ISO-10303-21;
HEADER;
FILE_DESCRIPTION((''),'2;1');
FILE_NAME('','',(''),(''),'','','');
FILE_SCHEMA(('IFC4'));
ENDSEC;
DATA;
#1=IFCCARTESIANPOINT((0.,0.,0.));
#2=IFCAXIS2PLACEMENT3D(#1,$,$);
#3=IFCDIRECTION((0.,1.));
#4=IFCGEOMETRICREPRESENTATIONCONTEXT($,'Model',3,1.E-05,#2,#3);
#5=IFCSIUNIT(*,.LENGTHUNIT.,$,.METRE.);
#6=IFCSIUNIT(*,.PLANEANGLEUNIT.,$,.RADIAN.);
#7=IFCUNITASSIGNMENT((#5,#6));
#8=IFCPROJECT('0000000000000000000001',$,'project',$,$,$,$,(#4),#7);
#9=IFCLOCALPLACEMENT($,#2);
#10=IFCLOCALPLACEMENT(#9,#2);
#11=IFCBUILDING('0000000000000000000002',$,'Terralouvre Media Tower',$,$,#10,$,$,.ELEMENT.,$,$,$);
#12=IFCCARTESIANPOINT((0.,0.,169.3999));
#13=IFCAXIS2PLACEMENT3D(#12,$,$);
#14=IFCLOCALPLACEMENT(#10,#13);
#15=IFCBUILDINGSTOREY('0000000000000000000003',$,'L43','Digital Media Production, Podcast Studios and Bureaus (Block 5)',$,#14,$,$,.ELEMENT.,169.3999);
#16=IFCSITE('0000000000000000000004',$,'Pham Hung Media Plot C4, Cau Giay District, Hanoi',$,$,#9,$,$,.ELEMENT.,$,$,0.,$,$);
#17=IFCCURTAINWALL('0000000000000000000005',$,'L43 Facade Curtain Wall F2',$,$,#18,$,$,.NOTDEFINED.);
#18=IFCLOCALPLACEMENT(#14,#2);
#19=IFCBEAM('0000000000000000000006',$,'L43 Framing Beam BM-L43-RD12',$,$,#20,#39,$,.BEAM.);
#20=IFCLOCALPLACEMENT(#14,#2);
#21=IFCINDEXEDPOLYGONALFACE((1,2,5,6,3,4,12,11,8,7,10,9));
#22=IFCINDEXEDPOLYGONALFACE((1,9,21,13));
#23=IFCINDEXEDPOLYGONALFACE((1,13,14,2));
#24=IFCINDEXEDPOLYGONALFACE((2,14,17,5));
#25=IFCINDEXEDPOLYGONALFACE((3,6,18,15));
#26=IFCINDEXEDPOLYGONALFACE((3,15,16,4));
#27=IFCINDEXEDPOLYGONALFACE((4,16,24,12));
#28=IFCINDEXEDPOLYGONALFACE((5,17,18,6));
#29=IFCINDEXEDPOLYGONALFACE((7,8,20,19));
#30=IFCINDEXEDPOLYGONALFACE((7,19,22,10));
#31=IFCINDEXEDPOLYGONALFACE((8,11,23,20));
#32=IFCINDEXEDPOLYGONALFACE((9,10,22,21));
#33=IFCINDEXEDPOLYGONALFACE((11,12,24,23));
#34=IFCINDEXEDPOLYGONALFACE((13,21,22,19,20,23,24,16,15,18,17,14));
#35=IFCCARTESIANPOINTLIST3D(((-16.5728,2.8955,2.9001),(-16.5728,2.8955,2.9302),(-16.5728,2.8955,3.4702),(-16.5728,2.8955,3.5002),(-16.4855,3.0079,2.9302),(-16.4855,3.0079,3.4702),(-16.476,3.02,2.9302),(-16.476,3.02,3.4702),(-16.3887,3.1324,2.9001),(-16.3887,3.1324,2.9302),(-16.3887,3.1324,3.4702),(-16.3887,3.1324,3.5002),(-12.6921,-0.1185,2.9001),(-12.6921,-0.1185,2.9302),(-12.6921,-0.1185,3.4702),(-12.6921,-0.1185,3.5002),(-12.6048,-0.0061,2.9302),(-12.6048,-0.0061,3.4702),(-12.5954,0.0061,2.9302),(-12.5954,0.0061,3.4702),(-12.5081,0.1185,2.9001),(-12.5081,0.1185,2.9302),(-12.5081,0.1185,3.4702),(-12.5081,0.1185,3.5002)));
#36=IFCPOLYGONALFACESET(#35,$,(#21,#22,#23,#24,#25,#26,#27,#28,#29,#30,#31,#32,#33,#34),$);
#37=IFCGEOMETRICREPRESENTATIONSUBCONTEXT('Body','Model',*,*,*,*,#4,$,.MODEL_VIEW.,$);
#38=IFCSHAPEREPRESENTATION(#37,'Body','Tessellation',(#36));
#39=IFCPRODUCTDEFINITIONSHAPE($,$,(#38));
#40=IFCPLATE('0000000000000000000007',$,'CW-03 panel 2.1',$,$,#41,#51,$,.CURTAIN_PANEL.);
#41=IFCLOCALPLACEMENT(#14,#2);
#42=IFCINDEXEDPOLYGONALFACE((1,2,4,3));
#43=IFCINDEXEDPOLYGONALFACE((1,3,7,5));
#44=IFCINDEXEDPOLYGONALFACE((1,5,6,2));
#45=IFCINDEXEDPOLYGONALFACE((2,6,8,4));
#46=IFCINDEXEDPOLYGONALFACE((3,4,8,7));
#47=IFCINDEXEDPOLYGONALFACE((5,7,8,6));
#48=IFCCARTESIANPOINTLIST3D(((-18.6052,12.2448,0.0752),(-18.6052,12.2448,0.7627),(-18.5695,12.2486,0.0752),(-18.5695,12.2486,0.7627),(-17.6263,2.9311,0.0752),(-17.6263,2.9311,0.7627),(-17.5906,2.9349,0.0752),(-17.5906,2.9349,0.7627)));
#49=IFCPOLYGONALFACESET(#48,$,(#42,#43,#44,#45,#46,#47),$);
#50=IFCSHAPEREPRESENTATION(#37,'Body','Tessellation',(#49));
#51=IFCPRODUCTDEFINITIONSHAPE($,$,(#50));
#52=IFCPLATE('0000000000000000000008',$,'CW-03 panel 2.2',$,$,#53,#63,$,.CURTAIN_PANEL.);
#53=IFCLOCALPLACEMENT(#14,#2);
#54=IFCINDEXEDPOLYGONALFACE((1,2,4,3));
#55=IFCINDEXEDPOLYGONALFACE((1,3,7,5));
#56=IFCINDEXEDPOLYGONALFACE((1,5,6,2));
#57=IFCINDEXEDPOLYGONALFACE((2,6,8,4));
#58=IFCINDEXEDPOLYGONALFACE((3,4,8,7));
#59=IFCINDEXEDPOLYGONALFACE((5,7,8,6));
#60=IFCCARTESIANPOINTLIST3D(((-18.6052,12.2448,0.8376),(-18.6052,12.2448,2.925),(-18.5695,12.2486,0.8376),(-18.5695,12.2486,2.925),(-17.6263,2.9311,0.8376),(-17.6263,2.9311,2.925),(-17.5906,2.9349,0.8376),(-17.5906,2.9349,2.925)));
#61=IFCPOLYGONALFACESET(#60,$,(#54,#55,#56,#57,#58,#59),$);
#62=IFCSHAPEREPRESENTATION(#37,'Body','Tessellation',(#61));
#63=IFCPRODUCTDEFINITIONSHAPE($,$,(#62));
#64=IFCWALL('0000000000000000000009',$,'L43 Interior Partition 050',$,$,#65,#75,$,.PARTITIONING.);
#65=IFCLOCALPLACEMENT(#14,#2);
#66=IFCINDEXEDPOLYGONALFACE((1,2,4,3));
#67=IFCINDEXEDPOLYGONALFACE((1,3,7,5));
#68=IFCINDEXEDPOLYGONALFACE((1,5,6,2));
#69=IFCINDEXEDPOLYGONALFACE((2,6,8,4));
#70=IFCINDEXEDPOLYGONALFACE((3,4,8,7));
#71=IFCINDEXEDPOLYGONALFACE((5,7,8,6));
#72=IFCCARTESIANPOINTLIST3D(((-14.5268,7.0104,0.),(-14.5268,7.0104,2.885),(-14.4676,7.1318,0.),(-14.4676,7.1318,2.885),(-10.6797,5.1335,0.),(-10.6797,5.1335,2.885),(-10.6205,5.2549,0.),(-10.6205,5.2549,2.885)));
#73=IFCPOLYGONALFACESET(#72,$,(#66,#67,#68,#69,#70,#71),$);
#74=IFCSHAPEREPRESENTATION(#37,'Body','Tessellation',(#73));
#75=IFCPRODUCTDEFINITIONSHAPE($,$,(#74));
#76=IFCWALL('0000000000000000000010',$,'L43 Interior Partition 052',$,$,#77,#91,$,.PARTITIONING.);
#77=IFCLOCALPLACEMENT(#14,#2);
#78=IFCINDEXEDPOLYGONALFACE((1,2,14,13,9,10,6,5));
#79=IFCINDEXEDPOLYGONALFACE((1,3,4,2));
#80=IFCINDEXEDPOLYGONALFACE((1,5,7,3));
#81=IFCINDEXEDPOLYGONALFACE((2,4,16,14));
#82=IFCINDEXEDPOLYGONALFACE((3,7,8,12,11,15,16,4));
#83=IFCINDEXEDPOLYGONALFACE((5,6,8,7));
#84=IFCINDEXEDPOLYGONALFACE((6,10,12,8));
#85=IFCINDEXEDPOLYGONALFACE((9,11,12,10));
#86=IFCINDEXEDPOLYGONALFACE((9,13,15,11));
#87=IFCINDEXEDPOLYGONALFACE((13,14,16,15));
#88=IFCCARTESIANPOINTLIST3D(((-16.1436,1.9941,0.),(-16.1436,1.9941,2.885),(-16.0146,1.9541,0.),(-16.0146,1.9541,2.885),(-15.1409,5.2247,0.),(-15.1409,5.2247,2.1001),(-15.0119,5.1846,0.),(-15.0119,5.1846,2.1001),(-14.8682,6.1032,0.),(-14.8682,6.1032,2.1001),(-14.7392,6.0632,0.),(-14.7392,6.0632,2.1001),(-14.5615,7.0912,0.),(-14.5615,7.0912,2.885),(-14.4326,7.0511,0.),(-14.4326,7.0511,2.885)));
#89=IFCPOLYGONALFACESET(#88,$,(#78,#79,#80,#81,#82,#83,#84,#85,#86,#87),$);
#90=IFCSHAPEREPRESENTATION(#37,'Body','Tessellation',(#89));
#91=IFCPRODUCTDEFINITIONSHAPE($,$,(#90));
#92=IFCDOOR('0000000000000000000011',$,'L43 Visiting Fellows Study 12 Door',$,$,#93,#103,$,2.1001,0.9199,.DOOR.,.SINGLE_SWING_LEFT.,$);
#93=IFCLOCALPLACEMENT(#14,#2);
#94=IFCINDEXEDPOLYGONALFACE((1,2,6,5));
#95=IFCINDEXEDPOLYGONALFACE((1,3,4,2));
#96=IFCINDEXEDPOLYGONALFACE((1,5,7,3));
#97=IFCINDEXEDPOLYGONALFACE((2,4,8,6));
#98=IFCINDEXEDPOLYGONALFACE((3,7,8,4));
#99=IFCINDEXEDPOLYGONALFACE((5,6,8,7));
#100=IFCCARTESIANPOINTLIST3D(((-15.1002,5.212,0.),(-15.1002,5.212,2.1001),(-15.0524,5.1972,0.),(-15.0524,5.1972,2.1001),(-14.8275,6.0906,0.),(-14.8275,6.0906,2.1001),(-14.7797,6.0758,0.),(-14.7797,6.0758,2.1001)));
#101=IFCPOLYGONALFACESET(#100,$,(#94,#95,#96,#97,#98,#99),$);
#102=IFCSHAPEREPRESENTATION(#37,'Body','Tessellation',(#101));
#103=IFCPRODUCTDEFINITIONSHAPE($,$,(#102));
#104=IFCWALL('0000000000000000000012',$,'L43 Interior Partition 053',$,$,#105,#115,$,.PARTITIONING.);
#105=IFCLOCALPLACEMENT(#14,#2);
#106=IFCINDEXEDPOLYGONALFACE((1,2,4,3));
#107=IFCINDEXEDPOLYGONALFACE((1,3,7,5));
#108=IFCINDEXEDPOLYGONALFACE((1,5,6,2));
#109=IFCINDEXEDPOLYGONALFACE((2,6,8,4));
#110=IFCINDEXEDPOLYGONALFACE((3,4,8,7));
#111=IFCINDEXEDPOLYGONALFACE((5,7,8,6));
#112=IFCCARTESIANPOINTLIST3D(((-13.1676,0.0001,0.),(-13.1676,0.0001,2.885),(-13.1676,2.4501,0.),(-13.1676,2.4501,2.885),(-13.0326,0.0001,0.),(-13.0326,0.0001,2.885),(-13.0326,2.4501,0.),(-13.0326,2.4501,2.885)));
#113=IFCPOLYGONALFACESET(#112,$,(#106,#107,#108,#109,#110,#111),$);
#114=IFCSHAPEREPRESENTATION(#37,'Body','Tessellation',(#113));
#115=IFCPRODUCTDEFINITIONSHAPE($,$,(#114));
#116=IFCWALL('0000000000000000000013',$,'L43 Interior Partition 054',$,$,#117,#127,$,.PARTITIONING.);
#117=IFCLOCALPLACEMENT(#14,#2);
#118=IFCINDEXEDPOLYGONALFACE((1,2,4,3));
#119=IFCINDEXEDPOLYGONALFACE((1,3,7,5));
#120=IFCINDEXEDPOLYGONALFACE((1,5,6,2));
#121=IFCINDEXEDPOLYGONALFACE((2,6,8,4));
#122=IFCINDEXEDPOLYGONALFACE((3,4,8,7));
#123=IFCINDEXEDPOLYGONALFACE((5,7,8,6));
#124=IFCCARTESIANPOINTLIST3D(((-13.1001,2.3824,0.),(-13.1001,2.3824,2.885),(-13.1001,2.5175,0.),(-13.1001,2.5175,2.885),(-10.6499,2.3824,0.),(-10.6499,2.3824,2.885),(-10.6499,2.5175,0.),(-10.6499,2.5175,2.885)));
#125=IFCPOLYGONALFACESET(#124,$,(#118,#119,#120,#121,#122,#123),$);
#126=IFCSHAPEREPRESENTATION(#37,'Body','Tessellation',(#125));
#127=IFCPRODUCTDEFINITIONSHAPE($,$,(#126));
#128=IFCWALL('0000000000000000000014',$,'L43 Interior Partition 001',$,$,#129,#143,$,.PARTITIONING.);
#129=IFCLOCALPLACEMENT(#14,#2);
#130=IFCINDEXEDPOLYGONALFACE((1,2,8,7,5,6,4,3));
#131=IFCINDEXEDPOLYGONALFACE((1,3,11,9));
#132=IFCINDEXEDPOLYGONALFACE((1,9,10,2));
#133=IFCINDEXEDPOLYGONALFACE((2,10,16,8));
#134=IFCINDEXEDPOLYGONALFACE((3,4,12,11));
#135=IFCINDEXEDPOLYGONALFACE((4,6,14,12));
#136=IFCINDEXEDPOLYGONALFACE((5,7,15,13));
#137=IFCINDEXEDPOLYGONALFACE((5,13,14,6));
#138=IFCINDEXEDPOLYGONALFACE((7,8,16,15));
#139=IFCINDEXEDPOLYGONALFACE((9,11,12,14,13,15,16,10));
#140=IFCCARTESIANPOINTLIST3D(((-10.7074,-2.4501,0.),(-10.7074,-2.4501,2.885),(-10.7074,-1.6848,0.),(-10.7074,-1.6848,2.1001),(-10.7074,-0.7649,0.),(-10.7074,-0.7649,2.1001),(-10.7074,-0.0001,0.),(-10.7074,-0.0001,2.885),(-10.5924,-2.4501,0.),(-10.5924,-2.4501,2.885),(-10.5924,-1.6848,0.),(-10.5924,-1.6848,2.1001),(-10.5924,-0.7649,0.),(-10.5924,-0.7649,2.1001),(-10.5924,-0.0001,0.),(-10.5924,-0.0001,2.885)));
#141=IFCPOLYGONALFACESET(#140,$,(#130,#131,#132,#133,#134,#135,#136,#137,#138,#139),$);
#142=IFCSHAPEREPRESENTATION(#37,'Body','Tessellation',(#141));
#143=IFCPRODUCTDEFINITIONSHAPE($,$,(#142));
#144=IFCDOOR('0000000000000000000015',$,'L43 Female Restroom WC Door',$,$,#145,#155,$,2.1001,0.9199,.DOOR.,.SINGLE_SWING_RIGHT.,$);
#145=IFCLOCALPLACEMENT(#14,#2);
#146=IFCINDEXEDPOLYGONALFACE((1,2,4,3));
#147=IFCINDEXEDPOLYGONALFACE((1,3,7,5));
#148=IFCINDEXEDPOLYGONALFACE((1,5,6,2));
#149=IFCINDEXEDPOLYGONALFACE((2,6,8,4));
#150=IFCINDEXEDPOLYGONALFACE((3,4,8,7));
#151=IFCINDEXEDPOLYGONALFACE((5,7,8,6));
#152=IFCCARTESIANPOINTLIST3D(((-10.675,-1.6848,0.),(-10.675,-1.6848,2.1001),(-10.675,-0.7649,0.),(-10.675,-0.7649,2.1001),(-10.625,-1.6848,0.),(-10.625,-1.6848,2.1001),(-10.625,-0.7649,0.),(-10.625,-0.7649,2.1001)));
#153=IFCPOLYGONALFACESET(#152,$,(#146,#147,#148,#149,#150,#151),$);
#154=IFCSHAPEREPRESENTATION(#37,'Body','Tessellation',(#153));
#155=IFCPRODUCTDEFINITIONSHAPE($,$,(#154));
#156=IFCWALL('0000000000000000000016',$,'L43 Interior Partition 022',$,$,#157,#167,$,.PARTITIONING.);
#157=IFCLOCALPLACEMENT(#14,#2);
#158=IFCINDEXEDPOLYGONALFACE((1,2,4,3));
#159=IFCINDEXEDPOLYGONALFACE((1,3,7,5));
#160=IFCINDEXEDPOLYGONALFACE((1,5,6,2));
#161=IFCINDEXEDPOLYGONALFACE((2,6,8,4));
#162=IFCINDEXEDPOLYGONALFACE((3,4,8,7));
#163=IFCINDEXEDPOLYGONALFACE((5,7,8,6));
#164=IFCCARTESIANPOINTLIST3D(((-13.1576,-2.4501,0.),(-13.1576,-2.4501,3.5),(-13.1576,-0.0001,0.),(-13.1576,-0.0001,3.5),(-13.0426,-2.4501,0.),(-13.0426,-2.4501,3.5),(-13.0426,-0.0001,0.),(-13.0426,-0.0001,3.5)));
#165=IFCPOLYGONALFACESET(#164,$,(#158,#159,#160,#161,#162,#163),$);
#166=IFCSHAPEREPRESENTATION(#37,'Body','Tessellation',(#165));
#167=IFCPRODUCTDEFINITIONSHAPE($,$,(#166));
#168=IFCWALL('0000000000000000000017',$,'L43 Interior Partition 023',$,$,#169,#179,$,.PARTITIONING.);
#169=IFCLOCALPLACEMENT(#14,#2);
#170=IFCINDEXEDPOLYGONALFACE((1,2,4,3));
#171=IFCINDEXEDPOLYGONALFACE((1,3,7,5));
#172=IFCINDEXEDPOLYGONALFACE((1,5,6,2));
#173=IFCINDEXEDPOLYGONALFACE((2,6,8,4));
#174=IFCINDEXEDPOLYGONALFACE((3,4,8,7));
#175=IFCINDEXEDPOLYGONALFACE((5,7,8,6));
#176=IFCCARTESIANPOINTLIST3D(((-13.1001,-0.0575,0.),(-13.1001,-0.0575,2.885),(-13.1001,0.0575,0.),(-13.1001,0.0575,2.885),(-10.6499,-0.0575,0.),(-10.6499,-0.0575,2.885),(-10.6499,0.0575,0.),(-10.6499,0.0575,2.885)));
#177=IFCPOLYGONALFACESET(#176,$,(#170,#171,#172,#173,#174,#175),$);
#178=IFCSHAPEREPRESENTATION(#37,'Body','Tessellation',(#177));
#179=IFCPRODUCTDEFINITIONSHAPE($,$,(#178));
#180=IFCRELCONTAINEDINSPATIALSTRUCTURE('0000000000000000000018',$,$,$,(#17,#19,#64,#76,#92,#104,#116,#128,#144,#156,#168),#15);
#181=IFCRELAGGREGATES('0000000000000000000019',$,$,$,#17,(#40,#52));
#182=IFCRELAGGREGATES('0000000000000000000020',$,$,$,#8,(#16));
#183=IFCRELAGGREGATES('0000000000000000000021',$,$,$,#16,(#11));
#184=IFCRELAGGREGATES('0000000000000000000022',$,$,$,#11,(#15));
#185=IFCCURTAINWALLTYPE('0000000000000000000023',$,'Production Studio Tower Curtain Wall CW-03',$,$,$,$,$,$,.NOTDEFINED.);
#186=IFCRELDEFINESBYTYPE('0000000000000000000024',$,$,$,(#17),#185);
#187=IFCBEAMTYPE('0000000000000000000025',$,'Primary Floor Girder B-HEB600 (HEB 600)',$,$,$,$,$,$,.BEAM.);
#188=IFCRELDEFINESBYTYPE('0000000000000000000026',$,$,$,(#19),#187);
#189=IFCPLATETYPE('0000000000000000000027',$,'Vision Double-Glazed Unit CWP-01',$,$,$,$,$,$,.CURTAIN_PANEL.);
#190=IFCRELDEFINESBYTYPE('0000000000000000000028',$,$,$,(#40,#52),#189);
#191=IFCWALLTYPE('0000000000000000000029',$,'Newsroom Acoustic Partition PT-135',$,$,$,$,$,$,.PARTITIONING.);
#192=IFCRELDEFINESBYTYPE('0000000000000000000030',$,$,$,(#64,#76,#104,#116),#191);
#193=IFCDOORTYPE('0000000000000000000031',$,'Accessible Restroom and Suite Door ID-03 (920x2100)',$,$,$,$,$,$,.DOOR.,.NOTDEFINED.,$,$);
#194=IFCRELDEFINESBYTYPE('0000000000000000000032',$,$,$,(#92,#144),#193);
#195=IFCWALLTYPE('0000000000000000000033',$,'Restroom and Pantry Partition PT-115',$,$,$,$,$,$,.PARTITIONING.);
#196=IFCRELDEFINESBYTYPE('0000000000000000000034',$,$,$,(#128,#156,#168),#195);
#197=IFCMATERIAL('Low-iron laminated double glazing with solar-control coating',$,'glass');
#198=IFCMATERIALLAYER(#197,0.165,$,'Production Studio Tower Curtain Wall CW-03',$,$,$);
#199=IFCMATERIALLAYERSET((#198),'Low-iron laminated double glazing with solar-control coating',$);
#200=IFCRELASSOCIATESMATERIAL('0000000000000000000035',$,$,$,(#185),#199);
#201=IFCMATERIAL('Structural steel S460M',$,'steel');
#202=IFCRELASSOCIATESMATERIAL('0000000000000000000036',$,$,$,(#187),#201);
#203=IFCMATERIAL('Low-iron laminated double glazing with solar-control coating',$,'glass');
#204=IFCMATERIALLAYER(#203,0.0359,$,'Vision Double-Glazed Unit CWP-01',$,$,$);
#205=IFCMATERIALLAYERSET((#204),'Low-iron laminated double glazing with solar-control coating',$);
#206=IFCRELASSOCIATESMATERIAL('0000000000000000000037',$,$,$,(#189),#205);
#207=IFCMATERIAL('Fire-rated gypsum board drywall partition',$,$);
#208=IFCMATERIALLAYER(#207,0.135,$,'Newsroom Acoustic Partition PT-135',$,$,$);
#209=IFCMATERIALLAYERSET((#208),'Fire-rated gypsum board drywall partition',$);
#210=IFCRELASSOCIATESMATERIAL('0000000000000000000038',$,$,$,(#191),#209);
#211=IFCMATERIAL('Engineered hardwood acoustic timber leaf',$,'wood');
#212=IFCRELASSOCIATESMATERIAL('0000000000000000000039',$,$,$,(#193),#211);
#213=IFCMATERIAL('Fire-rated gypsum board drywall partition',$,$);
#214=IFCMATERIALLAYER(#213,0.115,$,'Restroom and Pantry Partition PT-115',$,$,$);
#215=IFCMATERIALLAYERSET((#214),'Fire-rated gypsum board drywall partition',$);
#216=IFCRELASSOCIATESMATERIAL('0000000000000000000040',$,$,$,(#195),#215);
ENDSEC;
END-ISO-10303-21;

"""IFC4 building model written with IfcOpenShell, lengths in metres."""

from ifc_helpers import new_model, si_unit, direction, frame, frame_2d, origin, origin_2d, place, context, subcontext, project, spatial, rectangle, i_section, extrude, material, layer, layer_set, material_profile, profile_set, type_object, element, fill, aggregate, save


model = new_model("IFC4")

# Units and contexts
model_context = context("Model", 3, precision=1e-05, world=origin(), true_north=direction((0.0, 1.0)))
body_context = subcontext(model_context, "Body", "Model", "MODEL_VIEW")
ifc_project = project(units=[si_unit("LENGTHUNIT", "METRE"), si_unit("PLANEANGLEUNIT", "RADIAN")], contexts=[model_context])

# Site, building, storey
site_placement = place(None, origin())
site = spatial("IfcSite", under=ifc_project, at=site_placement, Name="Pham Hung Media Plot C4, Cau Giay District, Hanoi", CompositionType="ELEMENT", RefElevation=0.0)
building_placement = place(site_placement, origin())
building = spatial("IfcBuilding", under=site, at=building_placement, Name="Terralouvre Media Tower", CompositionType="ELEMENT")
storey_placement = place(building_placement, frame((0.0, 0.0, 169.3999)))
storey = spatial("IfcBuildingStorey", under=building, at=storey_placement, Name="L43", Description="Digital Media Production, Podcast Studios and Bureaus (Block 5)", CompositionType="ELEMENT", Elevation=169.3999)

# Curtain wall
ifc_material_1 = material(Name="Low-iron laminated double glazing with solar-control coating", Category="glass")
ifc_layer_1 = layer(ifc_material_1, 0.165, Name="Production Studio Tower Curtain Wall CW-03")
ifc_layer_set_1 = layer_set([ifc_layer_1], Name="Low-iron laminated double glazing with solar-control coating")
curtain_wall_type = type_object("IfcCurtainWallType", Name="Production Studio Tower Curtain Wall CW-03", PredefinedType="NOTDEFINED", material=ifc_layer_set_1)
curtain_wall_placement = place(storey_placement, origin())
curtain_wall = element("IfcCurtainWall", 1, at=curtain_wall_placement, inside=storey, type_object=curtain_wall_type, Name="L43 Facade Curtain Wall F2", PredefinedType="NOTDEFINED")

# Beam
ifc_material_2 = material(Name="Structural steel S460M", Category="steel")
ifc_material_profile_1 = material_profile(ifc_material_2, i_section(OverallWidth=0.3, OverallDepth=0.6001, WebThickness=0.0154, FlangeThickness=0.03, at=origin_2d()), Name="HEB 600")
ifc_profile_set_1 = profile_set([ifc_material_profile_1], Name="Structural steel S460M")
beam_type_1 = type_object("IfcBeamType", Name="Primary Floor Girder B-HEB600 (HEB 600)", PredefinedType="BEAM", material=ifc_profile_set_1)
beam_1_placement = place(storey_placement, frame((-12.6001, 0.0, 3.2002), z_axis=(-0.78978, 0.61339, 0.0), x_axis=(-0.61339, -0.78978, 0.0)))
element("IfcBeam", 2, at=beam_1_placement, inside=storey, type_object=beam_type_1, Name="L43 Framing Beam BM-L43-RD12", PredefinedType="BEAM", context=body_context, shape_type="SweptSolid", body=[
    extrude(i_section(OverallWidth=0.3, OverallDepth=0.6001, WebThickness=0.0154, FlangeThickness=0.03, at=origin_2d()), origin(), (0.0, 0.0, 1.0), 4.9136),
])

# Plates
ifc_material_3 = material(Name="Low-iron laminated double glazing with solar-control coating", Category="glass")
ifc_layer_2 = layer(ifc_material_3, 0.0359, Name="Vision Double-Glazed Unit CWP-01")
ifc_layer_set_2 = layer_set([ifc_layer_2], Name="Low-iron laminated double glazing with solar-control coating")
plate_type = type_object("IfcPlateType", Name="Vision Double-Glazed Unit CWP-01", PredefinedType="CURTAIN_PANEL", material=ifc_layer_set_2)
plate_1_placement = place(storey_placement, frame((-18.0979, 7.5898, 0.0752), z_axis=(0.0, 0.0, 1.0), x_axis=(0.104528, -0.994522, 0.0)))
plate_1 = element("IfcPlate", 3, at=plate_1_placement, type_object=plate_type, Name="CW-03 panel 2.1", PredefinedType="CURTAIN_PANEL", context=body_context, shape_type="SweptSolid", body=[
    extrude(rectangle(XDim=9.365, YDim=0.0359, at=origin_2d()), origin(), (0.0, 0.0, 1.0), 0.6875),
])
plate_2_placement = place(storey_placement, frame((-18.0979, 7.5898, 0.8376), z_axis=(0.0, 0.0, 1.0), x_axis=(0.104528, -0.994522, 0.0)))
plate_2 = element("IfcPlate", 4, at=plate_2_placement, type_object=plate_type, Name="CW-03 panel 2.2", PredefinedType="CURTAIN_PANEL", context=body_context, shape_type="SweptSolid", body=[
    extrude(rectangle(XDim=9.365, YDim=0.0359, at=origin_2d()), origin(), (0.0, 0.0, 1.0), 2.0874),
])
aggregate(curtain_wall, [plate_1, plate_2])

# Wall
ifc_material_4 = material(Name="Fire-rated gypsum board drywall partition")
ifc_layer_3 = layer(ifc_material_4, 0.135, Name="Newsroom Acoustic Partition PT-135")
ifc_layer_set_3 = layer_set([ifc_layer_3], Name="Fire-rated gypsum board drywall partition")
wall_type_1 = type_object("IfcWallType", Name="Newsroom Acoustic Partition PT-135", PredefinedType="PARTITIONING", material=ifc_layer_set_3)
wall_1_placement = place(storey_placement, frame((-14.4971, 7.071, 0.0), z_axis=(0.0, 0.0, 1.0), x_axis=(0.898742, -0.438478, 0.0)))
element("IfcWall", 5, at=wall_1_placement, inside=storey, type_object=wall_type_1, Name="L43 Interior Partition 050", PredefinedType="PARTITIONING", context=body_context, shape_type="SweptSolid", body=[
    extrude(rectangle(XDim=4.2805, YDim=0.135, at=frame_2d((2.1401, 0.0))), origin(), (0.0, 0.0, 1.0), 2.885),
])

# Wall, opening, door
wall_2_placement = place(storey_placement, frame((-16.0791, 1.9741, 0.0), z_axis=(0.0, 0.0, 1.0), x_axis=(0.296438, 0.955052, 0.0)))
wall_2 = element("IfcWall", 6, at=wall_2_placement, inside=storey, type_object=wall_type_1, Name="L43 Interior Partition 052", PredefinedType="PARTITIONING", context=body_context, shape_type="SweptSolid", body=[
    extrude(rectangle(XDim=5.3369, YDim=0.135, at=frame_2d((2.6685, 0.0))), origin(), (0.0, 0.0, 1.0), 2.885),
])
opening_1_placement = place(wall_2_placement, frame((3.3826, 0.0, 0.0)))
opening_1 = element("IfcOpeningElement", 7, at=opening_1_placement, cuts=wall_2, PredefinedType="OPENING", context=body_context, shape_type="SweptSolid", body=[
    extrude(rectangle(XDim=0.9199, YDim=2.1001, at=frame_2d((0.46, 1.05))), frame((0.0, 0.0774, 0.0), z_axis=(0.0, -1.0, 0.0), x_axis=(1.0, 0.0, 0.0)), (0.0, 0.0, 1.0), 0.155),
])
ifc_material_5 = material(Name="Engineered hardwood acoustic timber leaf", Category="wood")
door_type = type_object("IfcDoorType", Name="Accessible Restroom and Suite Door ID-03 (920x2100)", OperationType="NOTDEFINED", PredefinedType="DOOR", material=ifc_material_5)
door_1_placement = place(opening_1_placement, origin())
door_1 = element("IfcDoor", 8, at=door_1_placement, inside=storey, type_object=door_type, Name="L43 Visiting Fellows Study 12 Door", OperationType="SINGLE_SWING_LEFT", OverallHeight=2.1001, OverallWidth=0.9199, PredefinedType="DOOR", context=body_context, shape_type="SweptSolid", body=[
    extrude(rectangle(XDim=0.9199, YDim=2.1001, at=frame_2d((0.46, 1.05))), frame((0.0, 0.0249, 0.0), z_axis=(0.0, -1.0, 0.0), x_axis=(1.0, 0.0, 0.0)), (0.0, 0.0, 1.0), 0.05),
])
fill(opening_1, door_1)

# Walls
wall_3_placement = place(storey_placement, frame((-13.1001, 0.0, 0.0), z_axis=(0.0, 0.0, 1.0), x_axis=(0.0, 1.0, 0.0)))
element("IfcWall", 9, at=wall_3_placement, inside=storey, type_object=wall_type_1, Name="L43 Interior Partition 053", PredefinedType="PARTITIONING", context=body_context, shape_type="SweptSolid", body=[
    extrude(rectangle(XDim=2.45, YDim=0.135, at=frame_2d((1.2251, 0.0))), origin(), (0.0, 0.0, 1.0), 2.885),
])
wall_4_placement = place(storey_placement, frame((-13.1001, 2.45, 0.0), z_axis=(0.0, 0.0, 1.0), x_axis=(1.0, 0.0, 0.0)))
element("IfcWall", 10, at=wall_4_placement, inside=storey, type_object=wall_type_1, Name="L43 Interior Partition 054", PredefinedType="PARTITIONING", context=body_context, shape_type="SweptSolid", body=[
    extrude(rectangle(XDim=2.4502, YDim=0.135, at=frame_2d((1.2251, 0.0))), origin(), (0.0, 0.0, 1.0), 2.885),
])

# Wall, opening, door
ifc_material_6 = material(Name="Fire-rated gypsum board drywall partition")
ifc_layer_4 = layer(ifc_material_6, 0.115, Name="Restroom and Pantry Partition PT-115")
ifc_layer_set_4 = layer_set([ifc_layer_4], Name="Fire-rated gypsum board drywall partition")
wall_type_2 = type_object("IfcWallType", Name="Restroom and Pantry Partition PT-115", PredefinedType="PARTITIONING", material=ifc_layer_set_4)
wall_5_placement = place(storey_placement, frame((-10.6499, 0.0, 0.0), z_axis=(0.0, 0.0, 1.0), x_axis=(0.0, -1.0, 0.0)))
wall_5 = element("IfcWall", 11, at=wall_5_placement, inside=storey, type_object=wall_type_2, Name="L43 Interior Partition 001", PredefinedType="PARTITIONING", context=body_context, shape_type="SweptSolid", body=[
    extrude(rectangle(XDim=2.45, YDim=0.115, at=frame_2d((1.2251, 0.0))), origin(), (0.0, 0.0, 1.0), 2.885),
])
opening_2_placement = place(wall_5_placement, frame((0.7649, 0.0, 0.0)))
opening_2 = element("IfcOpeningElement", 12, at=opening_2_placement, cuts=wall_5, PredefinedType="OPENING", context=body_context, shape_type="SweptSolid", body=[
    extrude(rectangle(XDim=0.9199, YDim=2.1001, at=frame_2d((0.46, 1.05))), frame((0.0, 0.0674, 0.0), z_axis=(0.0, -1.0, 0.0), x_axis=(1.0, 0.0, 0.0)), (0.0, 0.0, 1.0), 0.135),
])
door_2_placement = place(opening_2_placement, origin())
door_2 = element("IfcDoor", 13, at=door_2_placement, inside=storey, type_object=door_type, Name="L43 Female Restroom WC Door", OperationType="SINGLE_SWING_RIGHT", OverallHeight=2.1001, OverallWidth=0.9199, PredefinedType="DOOR", context=body_context, shape_type="SweptSolid", body=[
    extrude(rectangle(XDim=0.9199, YDim=2.1001, at=frame_2d((0.46, 1.05))), frame((0.0, 0.0249, 0.0), z_axis=(0.0, -1.0, 0.0), x_axis=(1.0, 0.0, 0.0)), (0.0, 0.0, 1.0), 0.05),
])
fill(opening_2, door_2)

# Walls
wall_6_placement = place(storey_placement, frame((-13.1001, 0.0, 0.0), z_axis=(0.0, 0.0, 1.0), x_axis=(0.0, -1.0, 0.0)))
element("IfcWall", 14, at=wall_6_placement, inside=storey, type_object=wall_type_2, Name="L43 Interior Partition 022", PredefinedType="PARTITIONING", context=body_context, shape_type="SweptSolid", body=[
    extrude(rectangle(XDim=2.45, YDim=0.115, at=frame_2d((1.2251, 0.0))), origin(), (0.0, 0.0, 1.0), 3.5),
])
wall_7_placement = place(storey_placement, frame((-10.6499, 0.0, 0.0), z_axis=(0.0, 0.0, 1.0), x_axis=(-1.0, 0.0, 0.0)))
element("IfcWall", 15, at=wall_7_placement, inside=storey, type_object=wall_type_2, Name="L43 Interior Partition 023", PredefinedType="PARTITIONING", context=body_context, shape_type="SweptSolid", body=[
    extrude(rectangle(XDim=2.4502, YDim=0.115, at=frame_2d((1.2251, 0.0))), origin(), (0.0, 0.0, 1.0), 2.885),
])

save(model, "model.ifc")
